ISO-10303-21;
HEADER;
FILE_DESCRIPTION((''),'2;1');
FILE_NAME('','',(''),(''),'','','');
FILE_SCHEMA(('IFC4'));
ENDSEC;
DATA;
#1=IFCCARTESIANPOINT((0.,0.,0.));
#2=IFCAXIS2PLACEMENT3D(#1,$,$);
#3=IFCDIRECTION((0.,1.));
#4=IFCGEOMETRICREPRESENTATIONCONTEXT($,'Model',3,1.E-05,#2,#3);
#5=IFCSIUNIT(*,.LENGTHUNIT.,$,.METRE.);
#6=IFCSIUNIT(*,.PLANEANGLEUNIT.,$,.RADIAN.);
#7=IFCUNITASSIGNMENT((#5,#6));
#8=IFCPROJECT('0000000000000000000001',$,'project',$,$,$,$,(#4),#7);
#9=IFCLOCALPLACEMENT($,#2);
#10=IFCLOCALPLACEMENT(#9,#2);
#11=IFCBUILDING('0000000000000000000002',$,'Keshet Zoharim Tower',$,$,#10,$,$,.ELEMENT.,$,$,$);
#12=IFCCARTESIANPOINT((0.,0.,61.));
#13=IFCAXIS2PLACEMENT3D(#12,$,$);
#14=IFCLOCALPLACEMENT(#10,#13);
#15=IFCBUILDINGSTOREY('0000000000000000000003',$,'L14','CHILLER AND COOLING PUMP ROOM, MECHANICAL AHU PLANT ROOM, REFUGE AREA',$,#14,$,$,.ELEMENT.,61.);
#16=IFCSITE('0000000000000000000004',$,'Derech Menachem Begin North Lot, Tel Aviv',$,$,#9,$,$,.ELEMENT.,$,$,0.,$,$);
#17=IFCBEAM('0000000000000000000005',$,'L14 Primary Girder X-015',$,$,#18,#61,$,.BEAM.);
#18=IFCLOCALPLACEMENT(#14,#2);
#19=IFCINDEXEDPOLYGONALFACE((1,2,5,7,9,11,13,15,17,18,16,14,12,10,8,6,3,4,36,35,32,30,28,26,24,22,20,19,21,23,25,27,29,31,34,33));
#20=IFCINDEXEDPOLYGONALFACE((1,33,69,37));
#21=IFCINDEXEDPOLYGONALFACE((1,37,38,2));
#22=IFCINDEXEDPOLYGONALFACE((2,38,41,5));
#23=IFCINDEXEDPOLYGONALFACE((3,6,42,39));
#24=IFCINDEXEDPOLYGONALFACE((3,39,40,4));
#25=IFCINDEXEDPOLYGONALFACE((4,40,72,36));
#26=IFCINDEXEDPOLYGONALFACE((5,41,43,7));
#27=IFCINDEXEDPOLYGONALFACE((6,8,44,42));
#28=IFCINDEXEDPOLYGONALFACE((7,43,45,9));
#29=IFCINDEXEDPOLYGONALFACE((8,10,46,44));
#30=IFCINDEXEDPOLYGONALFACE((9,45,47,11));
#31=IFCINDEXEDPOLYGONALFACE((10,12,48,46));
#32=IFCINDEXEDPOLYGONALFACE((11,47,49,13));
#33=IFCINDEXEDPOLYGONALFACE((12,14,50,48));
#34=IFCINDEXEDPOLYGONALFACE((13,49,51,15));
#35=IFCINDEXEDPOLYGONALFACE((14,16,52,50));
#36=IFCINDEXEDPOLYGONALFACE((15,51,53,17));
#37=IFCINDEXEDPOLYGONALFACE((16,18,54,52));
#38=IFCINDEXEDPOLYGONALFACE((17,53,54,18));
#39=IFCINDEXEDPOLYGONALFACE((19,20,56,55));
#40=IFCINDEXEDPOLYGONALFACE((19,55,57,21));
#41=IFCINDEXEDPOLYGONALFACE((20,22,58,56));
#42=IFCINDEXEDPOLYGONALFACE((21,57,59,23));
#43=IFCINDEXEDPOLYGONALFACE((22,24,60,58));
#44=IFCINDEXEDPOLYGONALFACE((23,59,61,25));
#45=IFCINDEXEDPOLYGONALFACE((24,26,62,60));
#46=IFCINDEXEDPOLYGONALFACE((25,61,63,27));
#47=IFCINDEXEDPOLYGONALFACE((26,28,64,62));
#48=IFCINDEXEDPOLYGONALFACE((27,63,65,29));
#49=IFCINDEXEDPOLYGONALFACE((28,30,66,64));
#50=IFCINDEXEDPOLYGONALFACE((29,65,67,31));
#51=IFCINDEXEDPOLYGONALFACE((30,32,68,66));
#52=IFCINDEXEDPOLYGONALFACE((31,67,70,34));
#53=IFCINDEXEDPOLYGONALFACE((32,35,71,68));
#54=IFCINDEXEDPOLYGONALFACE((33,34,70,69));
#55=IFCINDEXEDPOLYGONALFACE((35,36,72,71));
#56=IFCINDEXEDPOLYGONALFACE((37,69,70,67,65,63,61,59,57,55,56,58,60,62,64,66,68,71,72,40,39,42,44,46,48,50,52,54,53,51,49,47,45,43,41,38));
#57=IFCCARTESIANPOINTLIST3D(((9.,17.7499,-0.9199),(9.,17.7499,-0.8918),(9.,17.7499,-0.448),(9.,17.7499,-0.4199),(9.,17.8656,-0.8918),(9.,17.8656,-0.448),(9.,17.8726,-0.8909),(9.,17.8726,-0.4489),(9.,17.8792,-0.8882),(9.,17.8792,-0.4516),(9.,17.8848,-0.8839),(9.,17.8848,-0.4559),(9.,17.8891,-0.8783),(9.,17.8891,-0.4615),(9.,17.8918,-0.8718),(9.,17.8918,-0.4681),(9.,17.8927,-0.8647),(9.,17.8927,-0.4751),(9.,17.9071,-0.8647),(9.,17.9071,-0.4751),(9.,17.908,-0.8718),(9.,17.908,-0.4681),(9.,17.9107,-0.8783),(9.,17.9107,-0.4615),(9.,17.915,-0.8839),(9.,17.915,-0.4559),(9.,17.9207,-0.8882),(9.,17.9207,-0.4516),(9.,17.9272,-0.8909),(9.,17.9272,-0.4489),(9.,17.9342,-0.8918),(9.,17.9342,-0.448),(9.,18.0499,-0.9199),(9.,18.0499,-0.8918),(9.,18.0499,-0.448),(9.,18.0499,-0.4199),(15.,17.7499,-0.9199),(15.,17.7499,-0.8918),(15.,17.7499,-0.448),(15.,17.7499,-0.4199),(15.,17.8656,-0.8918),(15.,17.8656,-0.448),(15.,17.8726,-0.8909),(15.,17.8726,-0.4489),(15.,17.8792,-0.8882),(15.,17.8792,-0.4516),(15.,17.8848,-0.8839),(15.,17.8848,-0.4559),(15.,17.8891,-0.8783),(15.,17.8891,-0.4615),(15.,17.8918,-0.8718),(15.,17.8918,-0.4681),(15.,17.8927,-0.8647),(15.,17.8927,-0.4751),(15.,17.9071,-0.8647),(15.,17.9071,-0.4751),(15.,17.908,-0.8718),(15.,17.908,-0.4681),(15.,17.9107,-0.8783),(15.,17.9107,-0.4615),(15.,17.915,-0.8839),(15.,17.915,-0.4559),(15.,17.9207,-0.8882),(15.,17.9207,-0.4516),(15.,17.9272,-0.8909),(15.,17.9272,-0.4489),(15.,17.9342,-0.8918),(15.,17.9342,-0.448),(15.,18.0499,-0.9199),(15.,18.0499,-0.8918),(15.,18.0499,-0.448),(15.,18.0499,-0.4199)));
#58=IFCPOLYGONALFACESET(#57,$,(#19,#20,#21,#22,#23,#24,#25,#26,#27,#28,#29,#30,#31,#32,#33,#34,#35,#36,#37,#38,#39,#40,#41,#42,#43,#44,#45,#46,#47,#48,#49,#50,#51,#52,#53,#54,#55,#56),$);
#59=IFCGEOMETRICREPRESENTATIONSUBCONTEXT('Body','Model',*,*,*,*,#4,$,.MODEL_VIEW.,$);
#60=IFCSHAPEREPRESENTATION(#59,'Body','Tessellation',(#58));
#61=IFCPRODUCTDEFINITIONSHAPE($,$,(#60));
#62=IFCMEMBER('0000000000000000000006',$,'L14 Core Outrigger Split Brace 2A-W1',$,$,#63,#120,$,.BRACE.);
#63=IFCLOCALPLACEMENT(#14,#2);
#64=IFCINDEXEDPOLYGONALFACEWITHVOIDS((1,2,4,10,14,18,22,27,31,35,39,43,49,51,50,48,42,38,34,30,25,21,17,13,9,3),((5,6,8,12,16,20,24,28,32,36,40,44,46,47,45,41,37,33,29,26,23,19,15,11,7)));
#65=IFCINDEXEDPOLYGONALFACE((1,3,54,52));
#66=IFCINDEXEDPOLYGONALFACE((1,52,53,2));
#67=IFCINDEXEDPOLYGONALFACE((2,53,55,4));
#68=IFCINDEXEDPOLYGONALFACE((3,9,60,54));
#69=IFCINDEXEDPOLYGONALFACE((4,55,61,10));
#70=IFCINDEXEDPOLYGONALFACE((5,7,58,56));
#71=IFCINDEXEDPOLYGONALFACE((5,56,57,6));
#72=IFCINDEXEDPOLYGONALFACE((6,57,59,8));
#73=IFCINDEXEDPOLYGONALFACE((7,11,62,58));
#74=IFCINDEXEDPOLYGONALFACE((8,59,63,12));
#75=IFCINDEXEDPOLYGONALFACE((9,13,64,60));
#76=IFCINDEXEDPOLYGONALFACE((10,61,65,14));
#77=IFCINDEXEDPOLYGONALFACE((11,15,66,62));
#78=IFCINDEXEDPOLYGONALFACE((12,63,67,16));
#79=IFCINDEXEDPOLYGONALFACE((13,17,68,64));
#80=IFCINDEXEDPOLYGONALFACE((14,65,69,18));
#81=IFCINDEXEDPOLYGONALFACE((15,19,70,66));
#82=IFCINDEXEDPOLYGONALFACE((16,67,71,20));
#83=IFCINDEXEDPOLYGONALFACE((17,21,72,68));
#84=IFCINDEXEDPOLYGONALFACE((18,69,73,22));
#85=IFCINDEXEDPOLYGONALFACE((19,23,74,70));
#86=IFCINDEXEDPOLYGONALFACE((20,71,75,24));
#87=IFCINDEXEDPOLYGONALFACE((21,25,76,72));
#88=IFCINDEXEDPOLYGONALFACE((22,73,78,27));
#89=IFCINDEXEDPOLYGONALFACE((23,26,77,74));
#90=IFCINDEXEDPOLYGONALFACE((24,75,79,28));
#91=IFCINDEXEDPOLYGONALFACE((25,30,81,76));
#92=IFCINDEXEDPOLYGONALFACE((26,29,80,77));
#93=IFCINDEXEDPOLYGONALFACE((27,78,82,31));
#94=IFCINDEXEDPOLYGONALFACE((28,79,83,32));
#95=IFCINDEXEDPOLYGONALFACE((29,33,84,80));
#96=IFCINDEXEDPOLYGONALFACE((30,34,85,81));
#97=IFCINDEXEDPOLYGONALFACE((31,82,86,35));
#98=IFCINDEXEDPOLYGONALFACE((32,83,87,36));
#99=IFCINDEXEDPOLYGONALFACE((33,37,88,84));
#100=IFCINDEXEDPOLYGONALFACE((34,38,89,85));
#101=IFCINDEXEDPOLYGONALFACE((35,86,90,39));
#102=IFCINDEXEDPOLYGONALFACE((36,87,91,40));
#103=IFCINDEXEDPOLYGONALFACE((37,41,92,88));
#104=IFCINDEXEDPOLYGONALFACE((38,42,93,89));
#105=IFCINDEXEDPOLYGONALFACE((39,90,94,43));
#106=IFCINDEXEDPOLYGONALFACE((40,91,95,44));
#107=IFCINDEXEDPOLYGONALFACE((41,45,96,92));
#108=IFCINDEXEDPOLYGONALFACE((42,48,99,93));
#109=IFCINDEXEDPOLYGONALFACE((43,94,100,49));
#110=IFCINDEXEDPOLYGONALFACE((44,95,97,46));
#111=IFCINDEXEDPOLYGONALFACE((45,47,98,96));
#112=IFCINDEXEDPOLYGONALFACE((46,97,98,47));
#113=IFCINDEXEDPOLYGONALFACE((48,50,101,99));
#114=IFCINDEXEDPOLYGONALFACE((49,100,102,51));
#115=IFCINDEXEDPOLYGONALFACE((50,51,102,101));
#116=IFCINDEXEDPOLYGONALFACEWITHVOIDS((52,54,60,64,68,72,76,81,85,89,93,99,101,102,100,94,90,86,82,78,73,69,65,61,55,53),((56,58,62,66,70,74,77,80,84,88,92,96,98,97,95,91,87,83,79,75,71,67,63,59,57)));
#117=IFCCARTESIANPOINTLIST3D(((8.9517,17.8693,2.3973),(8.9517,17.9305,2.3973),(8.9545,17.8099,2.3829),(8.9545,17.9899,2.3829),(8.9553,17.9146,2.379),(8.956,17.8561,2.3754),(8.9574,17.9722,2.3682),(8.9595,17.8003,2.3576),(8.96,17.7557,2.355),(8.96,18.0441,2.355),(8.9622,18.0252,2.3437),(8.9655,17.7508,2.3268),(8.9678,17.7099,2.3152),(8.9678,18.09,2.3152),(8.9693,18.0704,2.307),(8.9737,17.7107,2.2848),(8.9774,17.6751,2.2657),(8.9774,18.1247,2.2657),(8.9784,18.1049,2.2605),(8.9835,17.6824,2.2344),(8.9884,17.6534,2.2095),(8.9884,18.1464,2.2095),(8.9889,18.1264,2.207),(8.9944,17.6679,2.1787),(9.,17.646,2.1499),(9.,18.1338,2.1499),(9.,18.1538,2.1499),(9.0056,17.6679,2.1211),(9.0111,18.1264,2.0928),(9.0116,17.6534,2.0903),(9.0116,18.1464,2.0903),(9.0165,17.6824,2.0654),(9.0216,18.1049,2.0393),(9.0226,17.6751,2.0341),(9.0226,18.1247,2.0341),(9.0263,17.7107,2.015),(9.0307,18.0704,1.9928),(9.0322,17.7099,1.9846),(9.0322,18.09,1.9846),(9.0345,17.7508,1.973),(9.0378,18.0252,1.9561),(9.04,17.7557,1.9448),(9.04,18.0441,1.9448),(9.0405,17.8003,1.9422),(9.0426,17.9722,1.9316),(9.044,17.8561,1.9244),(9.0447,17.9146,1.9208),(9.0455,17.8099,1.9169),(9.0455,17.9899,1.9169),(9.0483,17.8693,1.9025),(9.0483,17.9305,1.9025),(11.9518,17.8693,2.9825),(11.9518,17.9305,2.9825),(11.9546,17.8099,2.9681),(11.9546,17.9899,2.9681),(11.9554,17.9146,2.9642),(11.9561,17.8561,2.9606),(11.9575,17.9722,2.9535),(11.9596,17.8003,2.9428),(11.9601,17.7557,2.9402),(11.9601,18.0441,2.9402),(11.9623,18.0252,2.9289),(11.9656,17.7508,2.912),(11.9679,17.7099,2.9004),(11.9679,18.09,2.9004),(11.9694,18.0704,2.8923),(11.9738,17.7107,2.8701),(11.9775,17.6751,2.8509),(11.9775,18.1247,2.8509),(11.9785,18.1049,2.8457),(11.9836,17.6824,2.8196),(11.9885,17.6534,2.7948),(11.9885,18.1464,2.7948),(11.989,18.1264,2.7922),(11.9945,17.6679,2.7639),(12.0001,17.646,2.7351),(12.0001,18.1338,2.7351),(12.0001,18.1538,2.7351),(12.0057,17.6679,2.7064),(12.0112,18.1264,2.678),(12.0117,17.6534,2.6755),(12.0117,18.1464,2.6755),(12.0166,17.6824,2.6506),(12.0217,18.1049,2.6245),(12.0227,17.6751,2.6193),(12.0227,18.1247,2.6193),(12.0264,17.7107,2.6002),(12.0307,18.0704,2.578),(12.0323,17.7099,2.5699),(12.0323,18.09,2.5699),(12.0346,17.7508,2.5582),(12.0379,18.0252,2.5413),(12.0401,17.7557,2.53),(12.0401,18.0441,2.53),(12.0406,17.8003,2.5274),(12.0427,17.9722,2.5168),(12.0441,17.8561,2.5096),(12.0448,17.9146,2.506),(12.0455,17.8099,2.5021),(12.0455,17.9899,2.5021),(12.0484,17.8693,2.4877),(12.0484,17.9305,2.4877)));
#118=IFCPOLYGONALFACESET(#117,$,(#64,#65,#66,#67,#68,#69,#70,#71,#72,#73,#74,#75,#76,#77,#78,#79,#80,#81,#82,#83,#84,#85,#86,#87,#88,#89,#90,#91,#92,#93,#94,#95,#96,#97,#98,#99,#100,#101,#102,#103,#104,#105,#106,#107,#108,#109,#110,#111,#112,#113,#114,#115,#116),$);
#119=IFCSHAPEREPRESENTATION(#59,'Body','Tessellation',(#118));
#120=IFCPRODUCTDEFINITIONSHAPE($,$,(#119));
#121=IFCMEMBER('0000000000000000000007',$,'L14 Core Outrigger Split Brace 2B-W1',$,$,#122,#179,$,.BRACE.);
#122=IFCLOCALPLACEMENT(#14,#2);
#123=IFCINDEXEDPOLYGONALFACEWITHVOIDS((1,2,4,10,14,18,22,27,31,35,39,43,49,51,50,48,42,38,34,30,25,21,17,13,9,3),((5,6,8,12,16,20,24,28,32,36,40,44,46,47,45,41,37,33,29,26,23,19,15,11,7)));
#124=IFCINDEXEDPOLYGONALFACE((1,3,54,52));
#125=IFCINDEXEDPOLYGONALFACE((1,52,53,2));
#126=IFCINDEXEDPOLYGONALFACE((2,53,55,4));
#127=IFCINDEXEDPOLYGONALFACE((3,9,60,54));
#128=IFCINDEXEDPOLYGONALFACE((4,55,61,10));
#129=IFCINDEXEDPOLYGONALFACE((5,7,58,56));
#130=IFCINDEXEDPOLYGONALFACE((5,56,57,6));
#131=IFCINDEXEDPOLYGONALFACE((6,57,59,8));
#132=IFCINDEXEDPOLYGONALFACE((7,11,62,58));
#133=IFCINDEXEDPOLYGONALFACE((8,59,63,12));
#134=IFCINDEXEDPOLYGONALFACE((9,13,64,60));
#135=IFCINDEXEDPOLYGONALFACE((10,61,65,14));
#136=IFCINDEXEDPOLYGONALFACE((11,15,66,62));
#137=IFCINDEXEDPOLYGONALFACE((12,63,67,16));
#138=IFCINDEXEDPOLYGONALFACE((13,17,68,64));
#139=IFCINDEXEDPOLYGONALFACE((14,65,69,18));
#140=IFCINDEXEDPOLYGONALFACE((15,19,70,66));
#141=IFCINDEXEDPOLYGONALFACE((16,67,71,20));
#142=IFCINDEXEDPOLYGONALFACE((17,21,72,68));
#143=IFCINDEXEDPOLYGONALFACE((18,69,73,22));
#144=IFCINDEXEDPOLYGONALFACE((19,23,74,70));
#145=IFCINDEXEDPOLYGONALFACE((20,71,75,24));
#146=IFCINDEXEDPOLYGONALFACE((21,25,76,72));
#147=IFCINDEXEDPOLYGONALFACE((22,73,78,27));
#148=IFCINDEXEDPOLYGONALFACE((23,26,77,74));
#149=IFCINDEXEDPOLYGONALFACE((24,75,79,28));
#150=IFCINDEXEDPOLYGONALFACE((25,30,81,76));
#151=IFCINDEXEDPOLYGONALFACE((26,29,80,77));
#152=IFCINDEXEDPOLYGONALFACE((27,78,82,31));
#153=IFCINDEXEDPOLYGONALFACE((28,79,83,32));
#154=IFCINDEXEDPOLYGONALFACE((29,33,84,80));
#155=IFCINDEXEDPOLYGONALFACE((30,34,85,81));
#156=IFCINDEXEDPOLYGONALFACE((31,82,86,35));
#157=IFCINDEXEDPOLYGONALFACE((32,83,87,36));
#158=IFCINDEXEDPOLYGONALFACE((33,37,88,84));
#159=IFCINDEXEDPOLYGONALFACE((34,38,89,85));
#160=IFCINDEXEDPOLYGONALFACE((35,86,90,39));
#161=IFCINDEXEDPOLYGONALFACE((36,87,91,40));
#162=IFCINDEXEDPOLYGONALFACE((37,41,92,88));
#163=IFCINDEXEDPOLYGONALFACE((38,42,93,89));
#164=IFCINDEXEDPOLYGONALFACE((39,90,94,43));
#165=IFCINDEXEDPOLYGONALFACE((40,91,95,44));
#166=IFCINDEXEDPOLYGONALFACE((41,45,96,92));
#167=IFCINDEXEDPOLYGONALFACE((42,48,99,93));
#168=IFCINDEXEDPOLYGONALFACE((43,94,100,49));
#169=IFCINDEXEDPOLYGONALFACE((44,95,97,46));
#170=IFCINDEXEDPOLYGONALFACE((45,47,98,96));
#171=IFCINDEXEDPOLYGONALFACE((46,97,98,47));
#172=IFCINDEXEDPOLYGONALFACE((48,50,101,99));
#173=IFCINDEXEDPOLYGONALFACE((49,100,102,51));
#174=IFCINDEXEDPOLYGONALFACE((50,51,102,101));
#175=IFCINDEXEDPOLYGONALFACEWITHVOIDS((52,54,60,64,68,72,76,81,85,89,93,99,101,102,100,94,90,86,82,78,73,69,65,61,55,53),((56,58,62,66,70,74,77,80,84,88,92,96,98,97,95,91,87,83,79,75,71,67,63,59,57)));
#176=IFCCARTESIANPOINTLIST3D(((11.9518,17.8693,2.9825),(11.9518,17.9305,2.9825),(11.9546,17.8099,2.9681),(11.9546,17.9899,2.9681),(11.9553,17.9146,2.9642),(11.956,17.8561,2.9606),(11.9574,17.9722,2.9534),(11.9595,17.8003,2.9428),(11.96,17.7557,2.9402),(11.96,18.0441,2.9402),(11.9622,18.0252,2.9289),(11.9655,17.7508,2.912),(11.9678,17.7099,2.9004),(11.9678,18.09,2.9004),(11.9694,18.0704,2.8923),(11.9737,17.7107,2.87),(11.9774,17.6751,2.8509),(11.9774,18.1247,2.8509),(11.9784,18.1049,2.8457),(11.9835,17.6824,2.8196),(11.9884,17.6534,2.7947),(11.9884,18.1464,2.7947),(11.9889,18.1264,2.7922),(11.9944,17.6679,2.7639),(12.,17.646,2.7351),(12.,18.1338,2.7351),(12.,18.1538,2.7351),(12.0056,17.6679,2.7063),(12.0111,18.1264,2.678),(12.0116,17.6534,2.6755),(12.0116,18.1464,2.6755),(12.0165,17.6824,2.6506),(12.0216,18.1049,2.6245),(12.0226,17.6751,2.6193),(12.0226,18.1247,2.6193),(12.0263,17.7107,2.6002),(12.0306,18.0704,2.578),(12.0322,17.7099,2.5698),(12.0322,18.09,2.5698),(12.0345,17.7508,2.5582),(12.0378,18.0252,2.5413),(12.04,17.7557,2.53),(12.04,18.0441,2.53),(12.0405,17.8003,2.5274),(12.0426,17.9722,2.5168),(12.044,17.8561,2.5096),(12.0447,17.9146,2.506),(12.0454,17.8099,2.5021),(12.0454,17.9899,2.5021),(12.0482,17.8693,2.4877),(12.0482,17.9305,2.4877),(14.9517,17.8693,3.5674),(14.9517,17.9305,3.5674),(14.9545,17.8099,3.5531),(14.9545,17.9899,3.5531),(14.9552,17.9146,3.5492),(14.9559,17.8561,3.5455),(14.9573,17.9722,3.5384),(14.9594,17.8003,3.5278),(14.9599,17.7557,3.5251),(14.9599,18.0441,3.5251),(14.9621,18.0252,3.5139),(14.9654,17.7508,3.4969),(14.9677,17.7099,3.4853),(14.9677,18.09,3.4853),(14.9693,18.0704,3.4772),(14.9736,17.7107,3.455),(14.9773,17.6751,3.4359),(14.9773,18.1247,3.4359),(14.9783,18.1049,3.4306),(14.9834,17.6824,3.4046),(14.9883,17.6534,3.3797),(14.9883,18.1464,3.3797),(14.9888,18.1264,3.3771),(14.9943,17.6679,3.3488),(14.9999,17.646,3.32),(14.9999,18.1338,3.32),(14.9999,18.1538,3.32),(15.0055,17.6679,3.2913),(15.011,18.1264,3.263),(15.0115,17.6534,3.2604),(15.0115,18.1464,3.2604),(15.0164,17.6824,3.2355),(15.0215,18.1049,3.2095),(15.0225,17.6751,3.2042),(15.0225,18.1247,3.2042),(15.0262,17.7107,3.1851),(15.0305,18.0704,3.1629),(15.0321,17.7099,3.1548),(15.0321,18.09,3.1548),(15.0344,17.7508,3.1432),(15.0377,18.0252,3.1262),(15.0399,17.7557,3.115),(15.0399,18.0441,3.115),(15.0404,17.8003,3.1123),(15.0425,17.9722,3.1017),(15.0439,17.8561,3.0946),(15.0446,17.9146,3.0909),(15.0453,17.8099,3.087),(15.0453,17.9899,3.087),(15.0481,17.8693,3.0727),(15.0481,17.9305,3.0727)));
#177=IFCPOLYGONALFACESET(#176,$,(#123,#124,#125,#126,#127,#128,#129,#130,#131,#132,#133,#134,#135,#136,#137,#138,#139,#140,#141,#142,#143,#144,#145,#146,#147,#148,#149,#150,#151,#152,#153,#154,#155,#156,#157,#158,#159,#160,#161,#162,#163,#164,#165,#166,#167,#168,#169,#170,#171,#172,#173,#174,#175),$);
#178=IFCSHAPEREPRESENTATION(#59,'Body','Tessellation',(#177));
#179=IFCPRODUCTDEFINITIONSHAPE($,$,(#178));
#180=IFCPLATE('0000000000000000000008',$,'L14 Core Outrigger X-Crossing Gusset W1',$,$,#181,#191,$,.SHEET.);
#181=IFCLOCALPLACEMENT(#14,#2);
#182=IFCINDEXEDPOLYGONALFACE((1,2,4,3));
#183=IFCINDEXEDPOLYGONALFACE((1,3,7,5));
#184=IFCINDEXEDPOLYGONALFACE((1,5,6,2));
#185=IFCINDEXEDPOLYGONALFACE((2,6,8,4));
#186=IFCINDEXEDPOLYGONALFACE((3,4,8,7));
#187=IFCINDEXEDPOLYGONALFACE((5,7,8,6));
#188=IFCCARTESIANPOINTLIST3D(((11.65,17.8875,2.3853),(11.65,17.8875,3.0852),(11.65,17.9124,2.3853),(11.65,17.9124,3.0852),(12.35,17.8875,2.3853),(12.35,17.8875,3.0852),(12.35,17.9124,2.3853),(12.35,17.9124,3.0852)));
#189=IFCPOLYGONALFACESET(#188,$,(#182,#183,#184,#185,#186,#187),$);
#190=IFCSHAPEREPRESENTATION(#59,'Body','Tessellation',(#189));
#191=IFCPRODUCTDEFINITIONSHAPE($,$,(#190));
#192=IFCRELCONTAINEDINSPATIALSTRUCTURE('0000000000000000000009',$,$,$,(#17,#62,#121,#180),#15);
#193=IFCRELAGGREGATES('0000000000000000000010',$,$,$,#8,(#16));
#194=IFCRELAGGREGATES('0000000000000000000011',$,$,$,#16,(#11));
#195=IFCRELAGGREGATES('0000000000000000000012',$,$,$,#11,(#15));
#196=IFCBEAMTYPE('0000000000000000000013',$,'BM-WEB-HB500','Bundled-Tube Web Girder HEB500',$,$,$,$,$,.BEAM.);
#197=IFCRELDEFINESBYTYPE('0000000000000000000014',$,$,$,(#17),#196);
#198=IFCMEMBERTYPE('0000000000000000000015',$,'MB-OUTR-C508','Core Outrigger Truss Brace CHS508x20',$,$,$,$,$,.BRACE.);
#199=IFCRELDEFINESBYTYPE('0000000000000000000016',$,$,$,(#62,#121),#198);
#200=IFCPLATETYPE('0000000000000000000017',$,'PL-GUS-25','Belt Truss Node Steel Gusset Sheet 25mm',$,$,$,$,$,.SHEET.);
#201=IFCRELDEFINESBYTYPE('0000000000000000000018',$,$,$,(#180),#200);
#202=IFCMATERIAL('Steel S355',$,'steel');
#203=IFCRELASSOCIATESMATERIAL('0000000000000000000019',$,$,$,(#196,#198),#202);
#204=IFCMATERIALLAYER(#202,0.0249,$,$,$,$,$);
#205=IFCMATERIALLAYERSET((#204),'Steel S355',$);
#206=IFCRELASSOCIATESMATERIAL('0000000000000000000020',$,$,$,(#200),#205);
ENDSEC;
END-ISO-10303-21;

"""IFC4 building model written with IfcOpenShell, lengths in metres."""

from ifc_helpers import new_model, si_unit, direction, frame, origin, origin_2d, place, context, subcontext, project, spatial, rectangle, hollow_circle, i_section, extrude, material, layer, layer_set, material_profile, profile_set, type_object, element, save


model = new_model("IFC4")

# Units and contexts
model_context = context("Model", 3, precision=1e-05, world=origin(), true_north=direction((0.0, 1.0)))
body_context = subcontext(model_context, "Body", "Model", "MODEL_VIEW")
ifc_project = project(units=[si_unit("LENGTHUNIT", "METRE"), si_unit("PLANEANGLEUNIT", "RADIAN")], contexts=[model_context])

# Site, building, storey
site_placement = place(None, origin())
site = spatial("IfcSite", under=ifc_project, at=site_placement, Name="Derech Menachem Begin North Lot, Tel Aviv", CompositionType="ELEMENT", RefElevation=0.0)
building_placement = place(site_placement, origin())
building = spatial("IfcBuilding", under=site, at=building_placement, Name="Keshet Zoharim Tower", CompositionType="ELEMENT")
storey_placement = place(building_placement, frame((0.0, 0.0, 61.0)))
storey = spatial("IfcBuildingStorey", under=building, at=storey_placement, Name="L14", Description="CHILLER AND COOLING PUMP ROOM, MECHANICAL AHU PLANT ROOM, REFUGE AREA", CompositionType="ELEMENT", Elevation=61.0)

# Shared definitions
ifc_material_1 = material(Name="Steel S355", Category="steel")

# Beam
ifc_material_profile_1 = material_profile(ifc_material_1, i_section(OverallWidth=0.3, OverallDepth=0.5, WebThickness=0.0144, FlangeThickness=0.0281, FilletRadius=0.0271, at=origin_2d()), Name="HEB500")
ifc_profile_set_1 = profile_set([ifc_material_profile_1], Name="Steel S355")
beam_type_1 = type_object("IfcBeamType", Name="BM-WEB-HB500", Description="Bundled-Tube Web Girder HEB500", PredefinedType="BEAM", material=ifc_profile_set_1)
beam_1_placement = place(storey_placement, frame((9.0, 17.8999, -0.6699), z_axis=(1.0, 0.0, 0.0), x_axis=(0.0, 1.0, 0.0)))
element("IfcBeam", 1, at=beam_1_placement, inside=storey, type_object=beam_type_1, Name="L14 Primary Girder X-015", PredefinedType="BEAM", context=body_context, shape_type="SweptSolid", body=[
    extrude(i_section(OverallWidth=0.3, OverallDepth=0.5, WebThickness=0.0144, FlangeThickness=0.0281, FilletRadius=0.0271, at=origin_2d()), origin(), (0.0, 0.0, 1.0), 6.0),
])

# Members
ifc_material_profile_2 = material_profile(ifc_material_1, hollow_circle(Radius=0.2539, WallThickness=0.02, at=origin_2d()), Name="CHS508x20")
ifc_profile_set_2 = profile_set([ifc_material_profile_2], Name="Steel S355")
member_type = type_object("IfcMemberType", Name="MB-OUTR-C508", Description="Core Outrigger Truss Brace CHS508x20", PredefinedType="BRACE", material=ifc_profile_set_2)
member_1_placement = place(storey_placement, frame((9.0, 17.8999, 2.1499), z_axis=(0.9815, 0.0, 0.19146), x_axis=(0.0, 1.0, 0.0)))
element("IfcMember", 2, at=member_1_placement, inside=storey, type_object=member_type, Name="L14 Core Outrigger Split Brace 2A-W1", PredefinedType="BRACE", context=body_context, shape_type="SweptSolid", body=[
    extrude(hollow_circle(Radius=0.2539, WallThickness=0.02, at=origin_2d()), origin(), (0.0, 0.0, 1.0), 3.0566),
])
member_2_placement = place(storey_placement, frame((12.0, 17.8999, 2.7351), z_axis=(0.981515, 0.0, 0.191383), x_axis=(0.0, 1.0, 0.0)))
element("IfcMember", 3, at=member_2_placement, inside=storey, type_object=member_type, Name="L14 Core Outrigger Split Brace 2B-W1", PredefinedType="BRACE", context=body_context, shape_type="SweptSolid", body=[
    extrude(hollow_circle(Radius=0.2539, WallThickness=0.02, at=origin_2d()), origin(), (0.0, 0.0, 1.0), 3.0564),
])

# Plate
ifc_layer_1 = layer(ifc_material_1, 0.0249)
ifc_layer_set_1 = layer_set([ifc_layer_1], Name="Steel S355")
plate_type = type_object("IfcPlateType", Name="PL-GUS-25", Description="Belt Truss Node Steel Gusset Sheet 25mm", PredefinedType="SHEET", material=ifc_layer_set_1)
plate_placement = place(storey_placement, frame((12.0, 17.8999, 2.3853), z_axis=(0.0, 0.0, 1.0), x_axis=(1.0, 0.0, 0.0)))
element("IfcPlate", 4, at=plate_placement, inside=storey, type_object=plate_type, Name="L14 Core Outrigger X-Crossing Gusset W1", PredefinedType="SHEET", context=body_context, shape_type="SweptSolid", body=[
    extrude(rectangle(XDim=0.7, YDim=0.0249, at=origin_2d()), origin(), (0.0, 0.0, 1.0), 0.7),
])

save(model, "model.ifc")
